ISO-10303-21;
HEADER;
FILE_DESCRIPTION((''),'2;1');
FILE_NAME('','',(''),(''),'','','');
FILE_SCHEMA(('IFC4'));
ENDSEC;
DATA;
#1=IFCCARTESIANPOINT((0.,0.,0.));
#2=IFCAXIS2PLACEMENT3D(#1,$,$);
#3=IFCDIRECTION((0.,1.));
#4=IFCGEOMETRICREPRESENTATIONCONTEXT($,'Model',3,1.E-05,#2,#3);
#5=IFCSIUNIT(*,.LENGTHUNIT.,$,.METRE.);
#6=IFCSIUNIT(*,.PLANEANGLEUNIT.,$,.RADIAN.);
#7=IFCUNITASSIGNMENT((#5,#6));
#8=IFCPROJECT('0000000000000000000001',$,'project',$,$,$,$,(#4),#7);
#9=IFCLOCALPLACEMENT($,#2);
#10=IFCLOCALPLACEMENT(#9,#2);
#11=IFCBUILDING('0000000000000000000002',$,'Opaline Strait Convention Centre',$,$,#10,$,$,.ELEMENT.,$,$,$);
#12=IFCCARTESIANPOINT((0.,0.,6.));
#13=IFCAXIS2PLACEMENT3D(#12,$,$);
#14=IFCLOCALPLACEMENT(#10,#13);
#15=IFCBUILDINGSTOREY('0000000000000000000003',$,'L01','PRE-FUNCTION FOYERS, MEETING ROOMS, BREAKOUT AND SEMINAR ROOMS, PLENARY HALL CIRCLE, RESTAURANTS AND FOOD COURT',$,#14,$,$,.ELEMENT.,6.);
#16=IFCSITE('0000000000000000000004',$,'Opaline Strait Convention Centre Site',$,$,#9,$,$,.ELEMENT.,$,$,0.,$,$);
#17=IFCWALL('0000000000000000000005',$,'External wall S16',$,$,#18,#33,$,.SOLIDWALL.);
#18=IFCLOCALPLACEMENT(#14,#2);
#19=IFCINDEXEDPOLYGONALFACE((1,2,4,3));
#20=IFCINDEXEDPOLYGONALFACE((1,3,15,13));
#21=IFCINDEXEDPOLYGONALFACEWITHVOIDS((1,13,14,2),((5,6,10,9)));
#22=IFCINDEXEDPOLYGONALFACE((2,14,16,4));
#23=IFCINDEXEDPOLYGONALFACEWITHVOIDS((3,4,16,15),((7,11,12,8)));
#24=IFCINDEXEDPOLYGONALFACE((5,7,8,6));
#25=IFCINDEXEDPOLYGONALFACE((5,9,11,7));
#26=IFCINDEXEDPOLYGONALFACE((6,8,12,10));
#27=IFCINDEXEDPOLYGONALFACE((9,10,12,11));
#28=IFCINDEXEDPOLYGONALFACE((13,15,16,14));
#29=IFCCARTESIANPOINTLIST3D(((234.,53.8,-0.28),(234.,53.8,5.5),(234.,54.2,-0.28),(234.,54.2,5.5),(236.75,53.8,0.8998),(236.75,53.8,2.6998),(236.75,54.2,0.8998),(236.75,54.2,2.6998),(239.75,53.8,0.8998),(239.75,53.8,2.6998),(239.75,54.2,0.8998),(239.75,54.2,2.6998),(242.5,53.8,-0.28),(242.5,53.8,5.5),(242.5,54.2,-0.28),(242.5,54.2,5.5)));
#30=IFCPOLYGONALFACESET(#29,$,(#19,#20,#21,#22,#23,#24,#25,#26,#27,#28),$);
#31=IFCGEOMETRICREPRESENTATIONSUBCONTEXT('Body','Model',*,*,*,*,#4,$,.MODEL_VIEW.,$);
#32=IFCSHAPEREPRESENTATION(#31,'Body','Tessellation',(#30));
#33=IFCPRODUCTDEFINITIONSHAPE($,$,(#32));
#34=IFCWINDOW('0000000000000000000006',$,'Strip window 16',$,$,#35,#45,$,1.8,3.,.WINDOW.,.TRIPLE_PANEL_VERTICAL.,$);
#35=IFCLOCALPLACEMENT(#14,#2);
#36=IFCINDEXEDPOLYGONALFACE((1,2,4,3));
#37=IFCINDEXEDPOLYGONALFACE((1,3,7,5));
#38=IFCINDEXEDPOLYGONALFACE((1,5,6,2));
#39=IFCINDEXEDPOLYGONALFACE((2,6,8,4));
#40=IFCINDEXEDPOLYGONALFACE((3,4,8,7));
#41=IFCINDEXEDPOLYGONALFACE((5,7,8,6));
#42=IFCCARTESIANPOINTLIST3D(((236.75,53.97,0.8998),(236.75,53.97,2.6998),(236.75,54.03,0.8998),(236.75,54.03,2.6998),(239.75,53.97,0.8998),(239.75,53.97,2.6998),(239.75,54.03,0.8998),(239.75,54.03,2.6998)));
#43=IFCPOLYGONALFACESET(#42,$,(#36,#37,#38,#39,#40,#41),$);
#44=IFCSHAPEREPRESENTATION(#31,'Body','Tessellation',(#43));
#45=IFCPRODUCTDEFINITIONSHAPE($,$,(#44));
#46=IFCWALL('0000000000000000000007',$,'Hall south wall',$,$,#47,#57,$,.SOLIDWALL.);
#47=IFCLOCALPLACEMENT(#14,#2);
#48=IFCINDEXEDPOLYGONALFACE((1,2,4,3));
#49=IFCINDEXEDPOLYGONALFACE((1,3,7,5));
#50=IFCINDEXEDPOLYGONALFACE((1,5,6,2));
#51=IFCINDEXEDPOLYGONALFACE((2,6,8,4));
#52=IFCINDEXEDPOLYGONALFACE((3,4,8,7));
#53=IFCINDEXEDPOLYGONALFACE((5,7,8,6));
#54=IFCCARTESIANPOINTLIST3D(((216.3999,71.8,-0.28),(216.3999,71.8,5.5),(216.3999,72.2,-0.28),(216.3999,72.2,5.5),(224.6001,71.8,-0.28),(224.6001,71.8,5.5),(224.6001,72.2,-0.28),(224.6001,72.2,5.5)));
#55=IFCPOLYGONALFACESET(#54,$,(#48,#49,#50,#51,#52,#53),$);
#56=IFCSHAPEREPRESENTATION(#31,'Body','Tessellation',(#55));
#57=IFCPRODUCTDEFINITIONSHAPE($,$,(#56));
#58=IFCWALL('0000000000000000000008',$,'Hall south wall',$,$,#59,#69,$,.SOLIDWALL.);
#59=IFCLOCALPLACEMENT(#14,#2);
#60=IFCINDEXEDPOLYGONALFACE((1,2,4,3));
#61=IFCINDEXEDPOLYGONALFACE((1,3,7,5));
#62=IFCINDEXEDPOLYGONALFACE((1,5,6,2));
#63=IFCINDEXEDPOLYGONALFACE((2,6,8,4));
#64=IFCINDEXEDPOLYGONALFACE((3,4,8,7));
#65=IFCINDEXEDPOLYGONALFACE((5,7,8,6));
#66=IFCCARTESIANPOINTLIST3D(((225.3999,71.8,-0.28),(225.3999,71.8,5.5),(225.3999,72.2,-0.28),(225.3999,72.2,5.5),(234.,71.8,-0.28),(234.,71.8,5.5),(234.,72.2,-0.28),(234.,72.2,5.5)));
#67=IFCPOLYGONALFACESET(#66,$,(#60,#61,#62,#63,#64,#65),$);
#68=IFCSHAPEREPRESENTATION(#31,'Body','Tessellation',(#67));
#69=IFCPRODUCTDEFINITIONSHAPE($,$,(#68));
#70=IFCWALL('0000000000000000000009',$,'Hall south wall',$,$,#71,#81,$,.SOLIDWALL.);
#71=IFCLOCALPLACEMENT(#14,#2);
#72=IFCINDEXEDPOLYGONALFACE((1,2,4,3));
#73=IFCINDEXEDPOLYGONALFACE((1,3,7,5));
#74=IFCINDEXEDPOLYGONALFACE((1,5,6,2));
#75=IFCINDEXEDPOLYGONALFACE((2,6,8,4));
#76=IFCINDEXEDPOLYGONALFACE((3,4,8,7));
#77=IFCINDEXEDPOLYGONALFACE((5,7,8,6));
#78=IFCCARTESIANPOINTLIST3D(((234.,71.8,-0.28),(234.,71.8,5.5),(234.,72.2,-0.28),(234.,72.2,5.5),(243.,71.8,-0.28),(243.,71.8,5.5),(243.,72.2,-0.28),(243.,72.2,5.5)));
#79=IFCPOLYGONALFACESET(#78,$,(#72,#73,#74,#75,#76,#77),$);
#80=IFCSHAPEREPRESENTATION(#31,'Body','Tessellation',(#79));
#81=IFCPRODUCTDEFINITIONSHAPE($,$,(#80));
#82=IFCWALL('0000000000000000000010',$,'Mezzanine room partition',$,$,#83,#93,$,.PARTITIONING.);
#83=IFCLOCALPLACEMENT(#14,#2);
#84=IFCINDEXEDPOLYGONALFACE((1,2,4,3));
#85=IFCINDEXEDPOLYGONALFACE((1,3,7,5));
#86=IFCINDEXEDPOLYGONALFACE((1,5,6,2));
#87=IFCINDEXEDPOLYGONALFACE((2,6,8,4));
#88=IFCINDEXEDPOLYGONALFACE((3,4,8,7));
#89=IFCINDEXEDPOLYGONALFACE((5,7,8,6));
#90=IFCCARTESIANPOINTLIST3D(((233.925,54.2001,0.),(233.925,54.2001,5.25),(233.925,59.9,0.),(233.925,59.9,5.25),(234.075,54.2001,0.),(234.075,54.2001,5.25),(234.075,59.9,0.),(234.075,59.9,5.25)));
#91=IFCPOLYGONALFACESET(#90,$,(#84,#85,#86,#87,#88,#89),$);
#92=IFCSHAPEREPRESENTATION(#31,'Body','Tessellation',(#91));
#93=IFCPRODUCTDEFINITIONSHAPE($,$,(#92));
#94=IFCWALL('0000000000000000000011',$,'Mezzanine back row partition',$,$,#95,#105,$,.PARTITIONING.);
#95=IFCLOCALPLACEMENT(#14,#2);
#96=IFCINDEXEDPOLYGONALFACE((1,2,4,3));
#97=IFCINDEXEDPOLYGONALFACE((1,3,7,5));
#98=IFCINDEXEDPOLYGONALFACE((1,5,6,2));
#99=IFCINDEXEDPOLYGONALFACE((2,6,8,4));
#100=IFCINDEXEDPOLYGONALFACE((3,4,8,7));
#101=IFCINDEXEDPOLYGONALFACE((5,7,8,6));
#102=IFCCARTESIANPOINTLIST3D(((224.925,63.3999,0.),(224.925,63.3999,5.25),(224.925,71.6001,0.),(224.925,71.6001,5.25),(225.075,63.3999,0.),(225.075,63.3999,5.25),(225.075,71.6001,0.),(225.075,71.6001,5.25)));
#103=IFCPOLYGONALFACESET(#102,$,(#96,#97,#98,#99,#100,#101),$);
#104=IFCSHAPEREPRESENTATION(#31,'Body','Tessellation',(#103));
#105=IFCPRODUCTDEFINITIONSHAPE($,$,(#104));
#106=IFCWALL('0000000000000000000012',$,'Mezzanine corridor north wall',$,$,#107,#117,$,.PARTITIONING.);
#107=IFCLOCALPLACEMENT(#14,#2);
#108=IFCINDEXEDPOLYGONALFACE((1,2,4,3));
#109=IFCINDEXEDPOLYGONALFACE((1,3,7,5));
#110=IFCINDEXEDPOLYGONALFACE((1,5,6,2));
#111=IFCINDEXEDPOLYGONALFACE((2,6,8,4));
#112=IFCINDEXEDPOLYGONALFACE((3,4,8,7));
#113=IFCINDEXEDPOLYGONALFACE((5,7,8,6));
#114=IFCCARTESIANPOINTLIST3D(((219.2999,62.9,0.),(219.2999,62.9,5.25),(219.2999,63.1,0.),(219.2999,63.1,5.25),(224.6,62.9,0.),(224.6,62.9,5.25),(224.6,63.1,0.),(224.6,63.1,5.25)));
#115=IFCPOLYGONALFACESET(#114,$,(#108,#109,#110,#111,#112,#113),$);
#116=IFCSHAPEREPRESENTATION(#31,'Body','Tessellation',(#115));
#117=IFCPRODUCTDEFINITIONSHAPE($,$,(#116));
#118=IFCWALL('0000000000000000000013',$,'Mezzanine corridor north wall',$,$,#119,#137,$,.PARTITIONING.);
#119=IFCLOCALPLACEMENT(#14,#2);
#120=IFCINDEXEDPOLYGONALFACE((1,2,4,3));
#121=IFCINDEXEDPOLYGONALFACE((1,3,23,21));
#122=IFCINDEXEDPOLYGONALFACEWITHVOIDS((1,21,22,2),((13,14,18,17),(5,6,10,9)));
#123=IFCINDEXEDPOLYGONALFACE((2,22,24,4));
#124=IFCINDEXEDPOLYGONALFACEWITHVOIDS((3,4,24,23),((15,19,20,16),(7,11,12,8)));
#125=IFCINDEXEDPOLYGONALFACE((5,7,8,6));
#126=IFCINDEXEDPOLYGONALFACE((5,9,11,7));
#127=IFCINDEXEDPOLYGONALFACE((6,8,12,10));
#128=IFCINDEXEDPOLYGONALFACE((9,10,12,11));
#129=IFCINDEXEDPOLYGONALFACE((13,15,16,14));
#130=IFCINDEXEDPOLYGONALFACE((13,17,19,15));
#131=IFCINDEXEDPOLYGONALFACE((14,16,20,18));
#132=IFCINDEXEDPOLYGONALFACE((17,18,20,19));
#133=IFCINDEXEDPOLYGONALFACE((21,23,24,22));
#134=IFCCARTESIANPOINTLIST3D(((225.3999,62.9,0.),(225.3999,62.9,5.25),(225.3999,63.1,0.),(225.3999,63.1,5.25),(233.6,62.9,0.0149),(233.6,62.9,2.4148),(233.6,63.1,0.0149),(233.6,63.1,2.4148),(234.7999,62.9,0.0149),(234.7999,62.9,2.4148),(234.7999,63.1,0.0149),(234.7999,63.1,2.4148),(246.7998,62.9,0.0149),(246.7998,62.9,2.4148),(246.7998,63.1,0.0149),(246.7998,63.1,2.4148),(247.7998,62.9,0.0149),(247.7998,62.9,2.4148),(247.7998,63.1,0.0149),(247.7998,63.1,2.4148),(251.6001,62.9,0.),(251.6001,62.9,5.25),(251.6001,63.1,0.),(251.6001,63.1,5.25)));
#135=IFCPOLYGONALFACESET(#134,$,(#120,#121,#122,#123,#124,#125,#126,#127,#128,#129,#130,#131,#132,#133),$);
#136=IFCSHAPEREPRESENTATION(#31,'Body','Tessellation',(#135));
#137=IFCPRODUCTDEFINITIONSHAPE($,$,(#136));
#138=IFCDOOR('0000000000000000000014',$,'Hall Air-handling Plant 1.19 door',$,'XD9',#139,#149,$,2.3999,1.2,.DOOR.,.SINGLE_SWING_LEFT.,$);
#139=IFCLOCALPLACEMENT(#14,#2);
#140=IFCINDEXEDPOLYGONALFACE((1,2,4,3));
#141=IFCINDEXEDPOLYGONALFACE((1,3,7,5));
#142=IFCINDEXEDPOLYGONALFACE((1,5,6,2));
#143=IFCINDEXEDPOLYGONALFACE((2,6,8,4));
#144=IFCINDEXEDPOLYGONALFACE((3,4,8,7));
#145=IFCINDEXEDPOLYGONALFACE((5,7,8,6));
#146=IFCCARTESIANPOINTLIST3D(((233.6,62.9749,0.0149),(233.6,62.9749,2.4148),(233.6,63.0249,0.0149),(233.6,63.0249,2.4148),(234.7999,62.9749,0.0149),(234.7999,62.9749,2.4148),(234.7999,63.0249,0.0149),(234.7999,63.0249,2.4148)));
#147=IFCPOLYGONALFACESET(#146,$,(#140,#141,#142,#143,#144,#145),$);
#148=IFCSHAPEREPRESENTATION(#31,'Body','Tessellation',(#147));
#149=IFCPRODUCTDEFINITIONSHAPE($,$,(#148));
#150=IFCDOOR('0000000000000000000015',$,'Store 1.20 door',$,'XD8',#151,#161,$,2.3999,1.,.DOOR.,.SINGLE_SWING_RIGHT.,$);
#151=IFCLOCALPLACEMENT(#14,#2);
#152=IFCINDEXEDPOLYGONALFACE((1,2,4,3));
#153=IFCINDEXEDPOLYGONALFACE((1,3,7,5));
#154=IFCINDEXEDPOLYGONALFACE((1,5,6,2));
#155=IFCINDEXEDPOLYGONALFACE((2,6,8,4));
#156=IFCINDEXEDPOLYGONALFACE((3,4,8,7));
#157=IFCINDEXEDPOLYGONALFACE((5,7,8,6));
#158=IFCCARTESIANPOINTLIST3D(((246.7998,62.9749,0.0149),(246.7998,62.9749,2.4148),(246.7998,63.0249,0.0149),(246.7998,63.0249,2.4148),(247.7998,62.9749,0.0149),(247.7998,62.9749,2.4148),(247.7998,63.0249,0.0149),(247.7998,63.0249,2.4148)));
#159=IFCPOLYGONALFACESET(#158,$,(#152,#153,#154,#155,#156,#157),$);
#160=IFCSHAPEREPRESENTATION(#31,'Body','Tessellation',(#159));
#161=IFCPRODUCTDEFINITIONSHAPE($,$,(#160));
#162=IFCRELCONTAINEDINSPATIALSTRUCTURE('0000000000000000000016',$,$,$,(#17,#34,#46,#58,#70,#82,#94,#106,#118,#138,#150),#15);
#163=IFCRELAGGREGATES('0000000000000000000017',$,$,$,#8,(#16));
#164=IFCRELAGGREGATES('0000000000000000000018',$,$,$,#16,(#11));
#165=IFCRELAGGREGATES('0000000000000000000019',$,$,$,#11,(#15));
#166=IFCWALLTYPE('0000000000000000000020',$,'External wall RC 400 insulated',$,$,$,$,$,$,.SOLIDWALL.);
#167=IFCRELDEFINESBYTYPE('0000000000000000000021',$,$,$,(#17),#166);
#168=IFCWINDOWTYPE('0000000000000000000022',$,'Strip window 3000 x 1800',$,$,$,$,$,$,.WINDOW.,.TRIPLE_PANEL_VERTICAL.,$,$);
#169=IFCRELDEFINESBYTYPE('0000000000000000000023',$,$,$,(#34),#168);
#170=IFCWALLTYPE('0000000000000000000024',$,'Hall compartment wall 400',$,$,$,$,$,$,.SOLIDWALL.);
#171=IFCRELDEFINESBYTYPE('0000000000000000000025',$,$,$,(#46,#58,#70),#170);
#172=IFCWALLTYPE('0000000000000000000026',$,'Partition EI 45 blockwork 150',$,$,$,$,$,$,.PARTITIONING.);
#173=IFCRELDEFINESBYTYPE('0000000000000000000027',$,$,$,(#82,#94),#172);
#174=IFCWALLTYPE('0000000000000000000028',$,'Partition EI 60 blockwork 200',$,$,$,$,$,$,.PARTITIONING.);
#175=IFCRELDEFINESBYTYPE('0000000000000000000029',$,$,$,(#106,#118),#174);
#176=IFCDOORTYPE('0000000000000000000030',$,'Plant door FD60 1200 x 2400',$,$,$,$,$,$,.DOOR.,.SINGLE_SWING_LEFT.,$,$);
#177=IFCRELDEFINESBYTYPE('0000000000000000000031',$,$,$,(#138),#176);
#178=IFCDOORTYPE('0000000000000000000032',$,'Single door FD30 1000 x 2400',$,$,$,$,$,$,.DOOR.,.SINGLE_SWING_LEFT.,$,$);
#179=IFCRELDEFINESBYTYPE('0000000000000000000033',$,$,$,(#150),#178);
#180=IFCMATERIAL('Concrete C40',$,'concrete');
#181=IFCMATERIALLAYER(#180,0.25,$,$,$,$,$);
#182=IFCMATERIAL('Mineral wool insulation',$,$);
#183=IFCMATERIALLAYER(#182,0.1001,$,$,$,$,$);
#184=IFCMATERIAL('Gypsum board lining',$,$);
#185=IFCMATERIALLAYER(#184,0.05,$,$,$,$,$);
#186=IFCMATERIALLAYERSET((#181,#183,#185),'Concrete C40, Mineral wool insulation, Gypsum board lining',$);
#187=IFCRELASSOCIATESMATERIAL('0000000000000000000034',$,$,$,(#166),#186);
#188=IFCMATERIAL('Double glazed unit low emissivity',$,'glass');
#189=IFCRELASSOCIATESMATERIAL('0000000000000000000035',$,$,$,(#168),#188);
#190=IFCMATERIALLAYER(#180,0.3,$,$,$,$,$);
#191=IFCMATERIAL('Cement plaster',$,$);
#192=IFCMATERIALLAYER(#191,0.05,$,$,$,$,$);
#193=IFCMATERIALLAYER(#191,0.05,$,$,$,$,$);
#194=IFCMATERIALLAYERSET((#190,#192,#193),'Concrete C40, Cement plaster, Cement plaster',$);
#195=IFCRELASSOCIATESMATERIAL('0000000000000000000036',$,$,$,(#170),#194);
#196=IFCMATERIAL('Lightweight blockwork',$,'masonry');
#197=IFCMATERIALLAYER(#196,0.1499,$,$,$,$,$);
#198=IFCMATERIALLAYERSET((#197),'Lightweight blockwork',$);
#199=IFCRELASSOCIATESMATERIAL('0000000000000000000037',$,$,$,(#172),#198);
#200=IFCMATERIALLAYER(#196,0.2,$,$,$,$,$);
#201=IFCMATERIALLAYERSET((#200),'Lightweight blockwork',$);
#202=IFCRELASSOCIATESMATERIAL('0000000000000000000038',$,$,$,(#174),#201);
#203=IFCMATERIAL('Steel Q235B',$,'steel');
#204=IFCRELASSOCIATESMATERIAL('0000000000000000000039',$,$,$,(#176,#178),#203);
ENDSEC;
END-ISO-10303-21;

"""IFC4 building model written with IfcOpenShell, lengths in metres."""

from ifc_helpers import new_model, si_unit, direction, frame, frame_2d, origin, place, context, subcontext, project, spatial, rectangle, extrude, material, layer, layer_set, type_object, element, fill, save


model = new_model("IFC4")

# Units and contexts
model_context = context("Model", 3, precision=1e-05, world=origin(), true_north=direction((0.0, 1.0)))
body_context = subcontext(model_context, "Body", "Model", "MODEL_VIEW")
ifc_project = project(units=[si_unit("LENGTHUNIT", "METRE"), si_unit("PLANEANGLEUNIT", "RADIAN")], contexts=[model_context])

# Site, building, storey
site_placement = place(None, origin())
site = spatial("IfcSite", under=ifc_project, at=site_placement, Name="Opaline Strait Convention Centre Site", CompositionType="ELEMENT", RefElevation=0.0)
building_placement = place(site_placement, origin())
building = spatial("IfcBuilding", under=site, at=building_placement, Name="Opaline Strait Convention Centre", CompositionType="ELEMENT")
storey_placement = place(building_placement, frame((0.0, 0.0, 6.0)))
storey = spatial("IfcBuildingStorey", under=building, at=storey_placement, Name="L01", Description="PRE-FUNCTION FOYERS, MEETING ROOMS, BREAKOUT AND SEMINAR ROOMS, PLENARY HALL CIRCLE, RESTAURANTS AND FOOD COURT", CompositionType="ELEMENT", Elevation=6.0)

# Shared definitions
ifc_material_1 = material(Name="Concrete C40", Category="concrete")

# Wall, opening, window
ifc_layer_1 = layer(ifc_material_1, 0.25)
ifc_material_2 = material(Name="Mineral wool insulation")
ifc_layer_2 = layer(ifc_material_2, 0.1001)
ifc_material_3 = material(Name="Gypsum board lining")
ifc_layer_3 = layer(ifc_material_3, 0.05)
ifc_layer_set_1 = layer_set([ifc_layer_1, ifc_layer_2, ifc_layer_3], Name="Concrete C40, Mineral wool insulation, Gypsum board lining")
wall_type_1 = type_object("IfcWallType", Name="External wall RC 400 insulated", PredefinedType="SOLIDWALL", material=ifc_layer_set_1)
ifc_material_4 = material(Name="Double glazed unit low emissivity", Category="glass")
window_type = type_object("IfcWindowType", Name="Strip window 3000 x 1800", PartitioningType="TRIPLE_PANEL_VERTICAL", PredefinedType="WINDOW", material=ifc_material_4)
wall_1_placement = place(storey_placement, frame((234.0, 54.0, -0.28), z_axis=(0.0, 0.0, 1.0), x_axis=(1.0, 0.0, 0.0)))
wall_1 = element("IfcWall", 1, at=wall_1_placement, inside=storey, type_object=wall_type_1, Name="External wall S16", PredefinedType="SOLIDWALL", context=body_context, shape_type="SweptSolid", body=[
    extrude(rectangle(XDim=8.5, YDim=0.3999, at=frame_2d((4.25, 0.0))), origin(), (0.0, 0.0, 1.0), 5.78),
])
opening_1_placement = place(wall_1_placement, frame((2.75, 0.0, 1.1799)))
opening_1 = element("IfcOpeningElement", 2, at=opening_1_placement, cuts=wall_1, PredefinedType="OPENING", context=body_context, shape_type="SweptSolid", body=[
    extrude(rectangle(XDim=3.0, YDim=1.8, at=frame_2d((1.5, 0.8999))), frame((0.0, 0.21, 0.0), z_axis=(0.0, -1.0, 0.0), x_axis=(1.0, 0.0, 0.0)), (0.0, 0.0, 1.0), 0.4199),
])
window_1_placement = place(opening_1_placement, origin())
window_1 = element("IfcWindow", 3, at=window_1_placement, inside=storey, type_object=window_type, Name="Strip window 16", OverallHeight=1.8, OverallWidth=3.0, PartitioningType="TRIPLE_PANEL_VERTICAL", PredefinedType="WINDOW", context=body_context, shape_type="SweptSolid", body=[
    extrude(rectangle(XDim=3.0, YDim=1.8, at=frame_2d((1.5, 0.8999))), frame((0.0, 0.03, 0.0), z_axis=(0.0, -1.0, 0.0), x_axis=(1.0, 0.0, 0.0)), (0.0, 0.0, 1.0), 0.0601),
])
fill(opening_1, window_1)

# Walls
ifc_layer_4 = layer(ifc_material_1, 0.3)
ifc_material_5 = material(Name="Cement plaster")
ifc_layer_5 = layer(ifc_material_5, 0.05)
ifc_layer_6 = layer(ifc_material_5, 0.05)
ifc_layer_set_2 = layer_set([ifc_layer_4, ifc_layer_5, ifc_layer_6], Name="Concrete C40, Cement plaster, Cement plaster")
wall_type_2 = type_object("IfcWallType", Name="Hall compartment wall 400", PredefinedType="SOLIDWALL", material=ifc_layer_set_2)
wall_2_placement = place(storey_placement, frame((216.3999, 72.0, -0.28), z_axis=(0.0, 0.0, 1.0), x_axis=(1.0, 0.0, 0.0)))
element("IfcWall", 4, at=wall_2_placement, inside=storey, type_object=wall_type_2, Name="Hall south wall", PredefinedType="SOLIDWALL", context=body_context, shape_type="SweptSolid", body=[
    extrude(rectangle(XDim=8.2002, YDim=0.3999, at=frame_2d((4.1001, 0.0))), origin(), (0.0, 0.0, 1.0), 5.78),
])
wall_3_placement = place(storey_placement, frame((225.3999, 72.0, -0.28), z_axis=(0.0, 0.0, 1.0), x_axis=(1.0, 0.0, 0.0)))
element("IfcWall", 5, at=wall_3_placement, inside=storey, type_object=wall_type_2, Name="Hall south wall", PredefinedType="SOLIDWALL", context=body_context, shape_type="SweptSolid", body=[
    extrude(rectangle(XDim=8.6001, YDim=0.3999, at=frame_2d((4.3, 0.0))), origin(), (0.0, 0.0, 1.0), 5.78),
])
wall_4_placement = place(storey_placement, frame((234.0, 72.0, -0.28), z_axis=(0.0, 0.0, 1.0), x_axis=(1.0, 0.0, 0.0)))
element("IfcWall", 6, at=wall_4_placement, inside=storey, type_object=wall_type_2, Name="Hall south wall", PredefinedType="SOLIDWALL", context=body_context, shape_type="SweptSolid", body=[
    extrude(rectangle(XDim=9.0, YDim=0.3999, at=frame_2d((4.5, 0.0))), origin(), (0.0, 0.0, 1.0), 5.78),
])
ifc_material_6 = material(Name="Lightweight blockwork", Category="masonry")
ifc_layer_7 = layer(ifc_material_6, 0.1499)
ifc_layer_set_3 = layer_set([ifc_layer_7], Name="Lightweight blockwork")
wall_type_3 = type_object("IfcWallType", Name="Partition EI 45 blockwork 150", PredefinedType="PARTITIONING", material=ifc_layer_set_3)
wall_5_placement = place(storey_placement, frame((234.0, 54.2, 0.0), z_axis=(0.0, 0.0, 1.0), x_axis=(0.0, 1.0, 0.0)))
element("IfcWall", 7, at=wall_5_placement, inside=storey, type_object=wall_type_3, Name="Mezzanine room partition", PredefinedType="PARTITIONING", context=body_context, shape_type="SweptSolid", body=[
    extrude(rectangle(XDim=5.7, YDim=0.1499, at=frame_2d((2.8501, 0.0))), origin(), (0.0, 0.0, 1.0), 5.25),
])
wall_6_placement = place(storey_placement, frame((225.0, 63.3999, 0.0), z_axis=(0.0, 0.0, 1.0), x_axis=(0.0, 1.0, 0.0)))
element("IfcWall", 8, at=wall_6_placement, inside=storey, type_object=wall_type_3, Name="Mezzanine back row partition", PredefinedType="PARTITIONING", context=body_context, shape_type="SweptSolid", body=[
    extrude(rectangle(XDim=8.2002, YDim=0.1499, at=frame_2d((4.1001, 0.0))), origin(), (0.0, 0.0, 1.0), 5.25),
])
ifc_layer_8 = layer(ifc_material_6, 0.2)
ifc_layer_set_4 = layer_set([ifc_layer_8], Name="Lightweight blockwork")
wall_type_4 = type_object("IfcWallType", Name="Partition EI 60 blockwork 200", PredefinedType="PARTITIONING", material=ifc_layer_set_4)
wall_7_placement = place(storey_placement, frame((219.3, 63.0, 0.0), z_axis=(0.0, 0.0, 1.0), x_axis=(1.0, 0.0, 0.0)))
element("IfcWall", 9, at=wall_7_placement, inside=storey, type_object=wall_type_4, Name="Mezzanine corridor north wall", PredefinedType="PARTITIONING", context=body_context, shape_type="SweptSolid", body=[
    extrude(rectangle(XDim=5.3, YDim=0.2, at=frame_2d((2.6499, 0.0))), origin(), (0.0, 0.0, 1.0), 5.25),
])

# Wall, openings, doors
wall_8_placement = place(storey_placement, frame((225.3999, 63.0, 0.0), z_axis=(0.0, 0.0, 1.0), x_axis=(1.0, 0.0, 0.0)))
wall_8 = element("IfcWall", 10, at=wall_8_placement, inside=storey, type_object=wall_type_4, Name="Mezzanine corridor north wall", PredefinedType="PARTITIONING", context=body_context, shape_type="SweptSolid", body=[
    extrude(rectangle(XDim=26.2002, YDim=0.2, at=frame_2d((13.1001, 0.0))), origin(), (0.0, 0.0, 1.0), 5.25),
])
opening_2_placement = place(wall_8_placement, frame((8.2, 0.0, 0.0149)))
opening_2 = element("IfcOpeningElement", 11, at=opening_2_placement, cuts=wall_8, PredefinedType="OPENING", context=body_context, shape_type="SweptSolid", body=[
    extrude(rectangle(XDim=1.2, YDim=2.3999, at=frame_2d((0.6001, 1.2))), frame((0.0, 0.1099, 0.0), z_axis=(0.0, -1.0, 0.0), x_axis=(1.0, 0.0, 0.0)), (0.0, 0.0, 1.0), 0.22),
])
opening_3_placement = place(wall_8_placement, frame((21.3999, 0.0, 0.0149)))
opening_3 = element("IfcOpeningElement", 12, at=opening_3_placement, cuts=wall_8, PredefinedType="OPENING", context=body_context, shape_type="SweptSolid", body=[
    extrude(rectangle(XDim=1.0, YDim=2.3999, at=frame_2d((0.5, 1.2))), frame((0.0, 0.1099, 0.0), z_axis=(0.0, -1.0, 0.0), x_axis=(1.0, 0.0, 0.0)), (0.0, 0.0, 1.0), 0.22),
])
ifc_material_7 = material(Name="Steel Q235B", Category="steel")
door_type_1 = type_object("IfcDoorType", Name="Plant door FD60 1200 x 2400", OperationType="SINGLE_SWING_LEFT", PredefinedType="DOOR", material=ifc_material_7)
door_1_placement = place(opening_2_placement, origin())
door_1 = element("IfcDoor", 13, at=door_1_placement, inside=storey, type_object=door_type_1, Name="Hall Air-handling Plant 1.19 door", ObjectType="XD9", OperationType="SINGLE_SWING_LEFT", OverallHeight=2.3999, OverallWidth=1.2, PredefinedType="DOOR", context=body_context, shape_type="SweptSolid", body=[
    extrude(rectangle(XDim=1.2, YDim=2.3999, at=frame_2d((0.6001, 1.2))), frame((0.0, 0.0249, 0.0), z_axis=(0.0, -1.0, 0.0), x_axis=(1.0, 0.0, 0.0)), (0.0, 0.0, 1.0), 0.05),
])
fill(opening_2, door_1)
door_type_2 = type_object("IfcDoorType", Name="Single door FD30 1000 x 2400", OperationType="SINGLE_SWING_LEFT", PredefinedType="DOOR", material=ifc_material_7)
door_2_placement = place(opening_3_placement, origin())
door_2 = element("IfcDoor", 14, at=door_2_placement, inside=storey, type_object=door_type_2, Name="Store 1.20 door", ObjectType="XD8", OperationType="SINGLE_SWING_RIGHT", OverallHeight=2.3999, OverallWidth=1.0, PredefinedType="DOOR", context=body_context, shape_type="SweptSolid", body=[
    extrude(rectangle(XDim=1.0, YDim=2.3999, at=frame_2d((0.5, 1.2))), frame((0.0, 0.0249, 0.0), z_axis=(0.0, -1.0, 0.0), x_axis=(1.0, 0.0, 0.0)), (0.0, 0.0, 1.0), 0.05),
])
fill(opening_3, door_2)

save(model, "model.ifc")
